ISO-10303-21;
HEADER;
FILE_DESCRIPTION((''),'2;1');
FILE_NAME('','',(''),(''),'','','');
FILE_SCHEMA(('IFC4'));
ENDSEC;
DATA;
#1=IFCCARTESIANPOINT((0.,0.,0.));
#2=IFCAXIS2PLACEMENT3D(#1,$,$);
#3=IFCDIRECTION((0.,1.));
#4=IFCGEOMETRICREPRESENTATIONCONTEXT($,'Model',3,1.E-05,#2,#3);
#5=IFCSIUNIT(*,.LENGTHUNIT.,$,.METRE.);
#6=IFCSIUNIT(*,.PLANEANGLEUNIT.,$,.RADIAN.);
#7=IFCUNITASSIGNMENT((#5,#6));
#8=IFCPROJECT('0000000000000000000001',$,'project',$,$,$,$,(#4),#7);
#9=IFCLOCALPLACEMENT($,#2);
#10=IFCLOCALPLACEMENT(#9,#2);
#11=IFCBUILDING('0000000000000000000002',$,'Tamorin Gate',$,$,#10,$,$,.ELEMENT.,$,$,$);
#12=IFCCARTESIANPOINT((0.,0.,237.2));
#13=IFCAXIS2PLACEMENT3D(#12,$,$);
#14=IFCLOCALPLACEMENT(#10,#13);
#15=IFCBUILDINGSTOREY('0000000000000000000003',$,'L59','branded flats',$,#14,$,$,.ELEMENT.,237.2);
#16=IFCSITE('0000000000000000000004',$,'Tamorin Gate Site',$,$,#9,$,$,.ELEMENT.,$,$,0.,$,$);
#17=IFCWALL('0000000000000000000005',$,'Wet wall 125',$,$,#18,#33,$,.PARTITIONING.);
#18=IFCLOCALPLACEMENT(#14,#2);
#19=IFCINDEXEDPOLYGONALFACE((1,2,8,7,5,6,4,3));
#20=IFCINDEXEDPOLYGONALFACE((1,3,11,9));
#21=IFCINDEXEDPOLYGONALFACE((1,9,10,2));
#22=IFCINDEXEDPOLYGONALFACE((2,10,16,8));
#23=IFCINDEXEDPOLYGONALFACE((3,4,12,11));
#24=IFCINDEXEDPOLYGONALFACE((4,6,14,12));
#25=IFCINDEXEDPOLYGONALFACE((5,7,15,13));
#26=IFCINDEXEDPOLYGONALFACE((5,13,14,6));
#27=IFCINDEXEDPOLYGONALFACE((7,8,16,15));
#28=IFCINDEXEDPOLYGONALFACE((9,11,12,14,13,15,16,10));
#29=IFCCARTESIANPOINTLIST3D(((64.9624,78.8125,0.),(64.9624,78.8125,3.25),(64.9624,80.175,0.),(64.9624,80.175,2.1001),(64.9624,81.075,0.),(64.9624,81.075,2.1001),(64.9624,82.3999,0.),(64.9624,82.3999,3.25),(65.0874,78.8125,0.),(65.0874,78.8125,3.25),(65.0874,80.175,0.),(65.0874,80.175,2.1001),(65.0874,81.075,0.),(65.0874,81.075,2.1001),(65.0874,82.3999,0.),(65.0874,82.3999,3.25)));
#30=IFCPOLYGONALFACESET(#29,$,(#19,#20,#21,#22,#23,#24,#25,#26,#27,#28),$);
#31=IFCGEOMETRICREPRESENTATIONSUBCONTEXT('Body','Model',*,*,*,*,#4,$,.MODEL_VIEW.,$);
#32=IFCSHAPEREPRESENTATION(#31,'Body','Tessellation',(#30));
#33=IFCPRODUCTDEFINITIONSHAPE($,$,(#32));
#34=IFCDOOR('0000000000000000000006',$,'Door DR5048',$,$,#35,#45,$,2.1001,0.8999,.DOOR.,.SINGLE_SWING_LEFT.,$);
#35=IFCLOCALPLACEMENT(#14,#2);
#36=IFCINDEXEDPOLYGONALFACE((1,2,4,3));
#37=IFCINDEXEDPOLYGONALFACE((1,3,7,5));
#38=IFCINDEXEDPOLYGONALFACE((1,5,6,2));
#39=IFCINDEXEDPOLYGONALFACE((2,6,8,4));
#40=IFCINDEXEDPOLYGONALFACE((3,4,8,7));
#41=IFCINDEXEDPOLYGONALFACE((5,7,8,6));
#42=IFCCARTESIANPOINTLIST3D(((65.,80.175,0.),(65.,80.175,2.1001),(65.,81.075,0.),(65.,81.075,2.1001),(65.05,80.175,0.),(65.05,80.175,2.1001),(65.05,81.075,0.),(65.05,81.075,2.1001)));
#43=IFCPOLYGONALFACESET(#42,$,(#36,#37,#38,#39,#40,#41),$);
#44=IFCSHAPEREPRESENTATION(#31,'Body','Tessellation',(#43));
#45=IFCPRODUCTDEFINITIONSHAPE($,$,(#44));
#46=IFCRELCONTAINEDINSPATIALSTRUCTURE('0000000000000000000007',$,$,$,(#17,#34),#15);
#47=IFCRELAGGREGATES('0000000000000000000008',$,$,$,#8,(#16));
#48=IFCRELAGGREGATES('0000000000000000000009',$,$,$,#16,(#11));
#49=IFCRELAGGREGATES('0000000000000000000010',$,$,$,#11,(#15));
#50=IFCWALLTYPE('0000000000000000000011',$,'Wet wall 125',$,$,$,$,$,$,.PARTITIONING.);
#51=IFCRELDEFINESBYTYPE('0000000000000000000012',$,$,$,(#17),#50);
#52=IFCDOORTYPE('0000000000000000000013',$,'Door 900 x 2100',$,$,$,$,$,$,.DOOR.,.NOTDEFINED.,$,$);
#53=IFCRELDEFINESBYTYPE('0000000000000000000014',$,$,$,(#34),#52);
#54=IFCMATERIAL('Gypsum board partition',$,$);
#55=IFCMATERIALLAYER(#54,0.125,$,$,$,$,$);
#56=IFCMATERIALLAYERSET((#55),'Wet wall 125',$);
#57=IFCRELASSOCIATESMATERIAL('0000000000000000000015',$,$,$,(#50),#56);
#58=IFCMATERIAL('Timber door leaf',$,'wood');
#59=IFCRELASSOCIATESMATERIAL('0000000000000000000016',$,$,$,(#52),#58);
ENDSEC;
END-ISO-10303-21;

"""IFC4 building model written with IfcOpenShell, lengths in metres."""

from ifc_helpers import new_model, si_unit, direction, frame, frame_2d, origin, place, context, subcontext, project, spatial, rectangle, extrude, material, layer, layer_set, type_object, element, fill, save


model = new_model("IFC4")

# Units and contexts
model_context = context("Model", 3, precision=1e-05, world=origin(), true_north=direction((0.0, 1.0)))
body_context = subcontext(model_context, "Body", "Model", "MODEL_VIEW")
ifc_project = project(units=[si_unit("LENGTHUNIT", "METRE"), si_unit("PLANEANGLEUNIT", "RADIAN")], contexts=[model_context])

# Site, building, storey
site_placement = place(None, origin())
site = spatial("IfcSite", under=ifc_project, at=site_placement, Name="Tamorin Gate Site", CompositionType="ELEMENT", RefElevation=0.0)
building_placement = place(site_placement, origin())
building = spatial("IfcBuilding", under=site, at=building_placement, Name="Tamorin Gate", CompositionType="ELEMENT")
storey_placement = place(building_placement, frame((0.0, 0.0, 237.2)))
storey = spatial("IfcBuildingStorey", under=building, at=storey_placement, Name="L59", Description="branded flats", CompositionType="ELEMENT", Elevation=237.2)

# Shared definitions
ifc_material_1 = material(Name="Gypsum board partition")

# Shared definitions
ifc_layer_1 = layer(ifc_material_1, 0.125)
ifc_layer_set_1 = layer_set([ifc_layer_1], Name="Wet wall 125")
wall_type_1 = type_object("IfcWallType", Name="Wet wall 125", PredefinedType="PARTITIONING", material=ifc_layer_set_1)
ifc_material_2 = material(Name="Timber door leaf", Category="wood")
door_type_1 = type_object("IfcDoorType", Name="Door 900 x 2100", OperationType="NOTDEFINED", PredefinedType="DOOR", material=ifc_material_2)

# Wall, opening, door
wall_1_placement = place(storey_placement, frame((65.0249, 78.8125, 0.0), z_axis=(0.0, 0.0, 1.0), x_axis=(0.0, 1.0, 0.0)))
wall_1 = element("IfcWall", 1, at=wall_1_placement, inside=storey, type_object=wall_type_1, Name="Wet wall 125", PredefinedType="PARTITIONING", context=body_context, shape_type="SweptSolid", body=[
    extrude(rectangle(XDim=3.5874, YDim=0.125, at=frame_2d((1.7937, 0.0))), origin(), (0.0, 0.0, 1.0), 3.25),
])
opening_1_placement = place(wall_1_placement, frame((1.3625, 0.0, 0.0)))
opening_1 = element("IfcOpeningElement", 2, at=opening_1_placement, cuts=wall_1, PredefinedType="OPENING", context=body_context, shape_type="SweptSolid", body=[
    extrude(rectangle(XDim=0.8999, YDim=2.1001, at=frame_2d((0.45, 1.05))), frame((0.0, 0.0725, 0.0), z_axis=(0.0, -1.0, 0.0), x_axis=(1.0, 0.0, 0.0)), (0.0, 0.0, 1.0), 0.145),
])
door_1_placement = place(opening_1_placement, origin())
door_1 = element("IfcDoor", 3, at=door_1_placement, inside=storey, type_object=door_type_1, Name="Door DR5048", OperationType="SINGLE_SWING_LEFT", OverallHeight=2.1001, OverallWidth=0.8999, PredefinedType="DOOR", context=body_context, shape_type="SweptSolid", body=[
    extrude(rectangle(XDim=0.8999, YDim=2.1001, at=frame_2d((0.45, 1.05))), frame((0.0, 0.0249, 0.0), z_axis=(0.0, -1.0, 0.0), x_axis=(1.0, 0.0, 0.0)), (0.0, 0.0, 1.0), 0.05),
])
fill(opening_1, door_1)

save(model, "model.ifc")
